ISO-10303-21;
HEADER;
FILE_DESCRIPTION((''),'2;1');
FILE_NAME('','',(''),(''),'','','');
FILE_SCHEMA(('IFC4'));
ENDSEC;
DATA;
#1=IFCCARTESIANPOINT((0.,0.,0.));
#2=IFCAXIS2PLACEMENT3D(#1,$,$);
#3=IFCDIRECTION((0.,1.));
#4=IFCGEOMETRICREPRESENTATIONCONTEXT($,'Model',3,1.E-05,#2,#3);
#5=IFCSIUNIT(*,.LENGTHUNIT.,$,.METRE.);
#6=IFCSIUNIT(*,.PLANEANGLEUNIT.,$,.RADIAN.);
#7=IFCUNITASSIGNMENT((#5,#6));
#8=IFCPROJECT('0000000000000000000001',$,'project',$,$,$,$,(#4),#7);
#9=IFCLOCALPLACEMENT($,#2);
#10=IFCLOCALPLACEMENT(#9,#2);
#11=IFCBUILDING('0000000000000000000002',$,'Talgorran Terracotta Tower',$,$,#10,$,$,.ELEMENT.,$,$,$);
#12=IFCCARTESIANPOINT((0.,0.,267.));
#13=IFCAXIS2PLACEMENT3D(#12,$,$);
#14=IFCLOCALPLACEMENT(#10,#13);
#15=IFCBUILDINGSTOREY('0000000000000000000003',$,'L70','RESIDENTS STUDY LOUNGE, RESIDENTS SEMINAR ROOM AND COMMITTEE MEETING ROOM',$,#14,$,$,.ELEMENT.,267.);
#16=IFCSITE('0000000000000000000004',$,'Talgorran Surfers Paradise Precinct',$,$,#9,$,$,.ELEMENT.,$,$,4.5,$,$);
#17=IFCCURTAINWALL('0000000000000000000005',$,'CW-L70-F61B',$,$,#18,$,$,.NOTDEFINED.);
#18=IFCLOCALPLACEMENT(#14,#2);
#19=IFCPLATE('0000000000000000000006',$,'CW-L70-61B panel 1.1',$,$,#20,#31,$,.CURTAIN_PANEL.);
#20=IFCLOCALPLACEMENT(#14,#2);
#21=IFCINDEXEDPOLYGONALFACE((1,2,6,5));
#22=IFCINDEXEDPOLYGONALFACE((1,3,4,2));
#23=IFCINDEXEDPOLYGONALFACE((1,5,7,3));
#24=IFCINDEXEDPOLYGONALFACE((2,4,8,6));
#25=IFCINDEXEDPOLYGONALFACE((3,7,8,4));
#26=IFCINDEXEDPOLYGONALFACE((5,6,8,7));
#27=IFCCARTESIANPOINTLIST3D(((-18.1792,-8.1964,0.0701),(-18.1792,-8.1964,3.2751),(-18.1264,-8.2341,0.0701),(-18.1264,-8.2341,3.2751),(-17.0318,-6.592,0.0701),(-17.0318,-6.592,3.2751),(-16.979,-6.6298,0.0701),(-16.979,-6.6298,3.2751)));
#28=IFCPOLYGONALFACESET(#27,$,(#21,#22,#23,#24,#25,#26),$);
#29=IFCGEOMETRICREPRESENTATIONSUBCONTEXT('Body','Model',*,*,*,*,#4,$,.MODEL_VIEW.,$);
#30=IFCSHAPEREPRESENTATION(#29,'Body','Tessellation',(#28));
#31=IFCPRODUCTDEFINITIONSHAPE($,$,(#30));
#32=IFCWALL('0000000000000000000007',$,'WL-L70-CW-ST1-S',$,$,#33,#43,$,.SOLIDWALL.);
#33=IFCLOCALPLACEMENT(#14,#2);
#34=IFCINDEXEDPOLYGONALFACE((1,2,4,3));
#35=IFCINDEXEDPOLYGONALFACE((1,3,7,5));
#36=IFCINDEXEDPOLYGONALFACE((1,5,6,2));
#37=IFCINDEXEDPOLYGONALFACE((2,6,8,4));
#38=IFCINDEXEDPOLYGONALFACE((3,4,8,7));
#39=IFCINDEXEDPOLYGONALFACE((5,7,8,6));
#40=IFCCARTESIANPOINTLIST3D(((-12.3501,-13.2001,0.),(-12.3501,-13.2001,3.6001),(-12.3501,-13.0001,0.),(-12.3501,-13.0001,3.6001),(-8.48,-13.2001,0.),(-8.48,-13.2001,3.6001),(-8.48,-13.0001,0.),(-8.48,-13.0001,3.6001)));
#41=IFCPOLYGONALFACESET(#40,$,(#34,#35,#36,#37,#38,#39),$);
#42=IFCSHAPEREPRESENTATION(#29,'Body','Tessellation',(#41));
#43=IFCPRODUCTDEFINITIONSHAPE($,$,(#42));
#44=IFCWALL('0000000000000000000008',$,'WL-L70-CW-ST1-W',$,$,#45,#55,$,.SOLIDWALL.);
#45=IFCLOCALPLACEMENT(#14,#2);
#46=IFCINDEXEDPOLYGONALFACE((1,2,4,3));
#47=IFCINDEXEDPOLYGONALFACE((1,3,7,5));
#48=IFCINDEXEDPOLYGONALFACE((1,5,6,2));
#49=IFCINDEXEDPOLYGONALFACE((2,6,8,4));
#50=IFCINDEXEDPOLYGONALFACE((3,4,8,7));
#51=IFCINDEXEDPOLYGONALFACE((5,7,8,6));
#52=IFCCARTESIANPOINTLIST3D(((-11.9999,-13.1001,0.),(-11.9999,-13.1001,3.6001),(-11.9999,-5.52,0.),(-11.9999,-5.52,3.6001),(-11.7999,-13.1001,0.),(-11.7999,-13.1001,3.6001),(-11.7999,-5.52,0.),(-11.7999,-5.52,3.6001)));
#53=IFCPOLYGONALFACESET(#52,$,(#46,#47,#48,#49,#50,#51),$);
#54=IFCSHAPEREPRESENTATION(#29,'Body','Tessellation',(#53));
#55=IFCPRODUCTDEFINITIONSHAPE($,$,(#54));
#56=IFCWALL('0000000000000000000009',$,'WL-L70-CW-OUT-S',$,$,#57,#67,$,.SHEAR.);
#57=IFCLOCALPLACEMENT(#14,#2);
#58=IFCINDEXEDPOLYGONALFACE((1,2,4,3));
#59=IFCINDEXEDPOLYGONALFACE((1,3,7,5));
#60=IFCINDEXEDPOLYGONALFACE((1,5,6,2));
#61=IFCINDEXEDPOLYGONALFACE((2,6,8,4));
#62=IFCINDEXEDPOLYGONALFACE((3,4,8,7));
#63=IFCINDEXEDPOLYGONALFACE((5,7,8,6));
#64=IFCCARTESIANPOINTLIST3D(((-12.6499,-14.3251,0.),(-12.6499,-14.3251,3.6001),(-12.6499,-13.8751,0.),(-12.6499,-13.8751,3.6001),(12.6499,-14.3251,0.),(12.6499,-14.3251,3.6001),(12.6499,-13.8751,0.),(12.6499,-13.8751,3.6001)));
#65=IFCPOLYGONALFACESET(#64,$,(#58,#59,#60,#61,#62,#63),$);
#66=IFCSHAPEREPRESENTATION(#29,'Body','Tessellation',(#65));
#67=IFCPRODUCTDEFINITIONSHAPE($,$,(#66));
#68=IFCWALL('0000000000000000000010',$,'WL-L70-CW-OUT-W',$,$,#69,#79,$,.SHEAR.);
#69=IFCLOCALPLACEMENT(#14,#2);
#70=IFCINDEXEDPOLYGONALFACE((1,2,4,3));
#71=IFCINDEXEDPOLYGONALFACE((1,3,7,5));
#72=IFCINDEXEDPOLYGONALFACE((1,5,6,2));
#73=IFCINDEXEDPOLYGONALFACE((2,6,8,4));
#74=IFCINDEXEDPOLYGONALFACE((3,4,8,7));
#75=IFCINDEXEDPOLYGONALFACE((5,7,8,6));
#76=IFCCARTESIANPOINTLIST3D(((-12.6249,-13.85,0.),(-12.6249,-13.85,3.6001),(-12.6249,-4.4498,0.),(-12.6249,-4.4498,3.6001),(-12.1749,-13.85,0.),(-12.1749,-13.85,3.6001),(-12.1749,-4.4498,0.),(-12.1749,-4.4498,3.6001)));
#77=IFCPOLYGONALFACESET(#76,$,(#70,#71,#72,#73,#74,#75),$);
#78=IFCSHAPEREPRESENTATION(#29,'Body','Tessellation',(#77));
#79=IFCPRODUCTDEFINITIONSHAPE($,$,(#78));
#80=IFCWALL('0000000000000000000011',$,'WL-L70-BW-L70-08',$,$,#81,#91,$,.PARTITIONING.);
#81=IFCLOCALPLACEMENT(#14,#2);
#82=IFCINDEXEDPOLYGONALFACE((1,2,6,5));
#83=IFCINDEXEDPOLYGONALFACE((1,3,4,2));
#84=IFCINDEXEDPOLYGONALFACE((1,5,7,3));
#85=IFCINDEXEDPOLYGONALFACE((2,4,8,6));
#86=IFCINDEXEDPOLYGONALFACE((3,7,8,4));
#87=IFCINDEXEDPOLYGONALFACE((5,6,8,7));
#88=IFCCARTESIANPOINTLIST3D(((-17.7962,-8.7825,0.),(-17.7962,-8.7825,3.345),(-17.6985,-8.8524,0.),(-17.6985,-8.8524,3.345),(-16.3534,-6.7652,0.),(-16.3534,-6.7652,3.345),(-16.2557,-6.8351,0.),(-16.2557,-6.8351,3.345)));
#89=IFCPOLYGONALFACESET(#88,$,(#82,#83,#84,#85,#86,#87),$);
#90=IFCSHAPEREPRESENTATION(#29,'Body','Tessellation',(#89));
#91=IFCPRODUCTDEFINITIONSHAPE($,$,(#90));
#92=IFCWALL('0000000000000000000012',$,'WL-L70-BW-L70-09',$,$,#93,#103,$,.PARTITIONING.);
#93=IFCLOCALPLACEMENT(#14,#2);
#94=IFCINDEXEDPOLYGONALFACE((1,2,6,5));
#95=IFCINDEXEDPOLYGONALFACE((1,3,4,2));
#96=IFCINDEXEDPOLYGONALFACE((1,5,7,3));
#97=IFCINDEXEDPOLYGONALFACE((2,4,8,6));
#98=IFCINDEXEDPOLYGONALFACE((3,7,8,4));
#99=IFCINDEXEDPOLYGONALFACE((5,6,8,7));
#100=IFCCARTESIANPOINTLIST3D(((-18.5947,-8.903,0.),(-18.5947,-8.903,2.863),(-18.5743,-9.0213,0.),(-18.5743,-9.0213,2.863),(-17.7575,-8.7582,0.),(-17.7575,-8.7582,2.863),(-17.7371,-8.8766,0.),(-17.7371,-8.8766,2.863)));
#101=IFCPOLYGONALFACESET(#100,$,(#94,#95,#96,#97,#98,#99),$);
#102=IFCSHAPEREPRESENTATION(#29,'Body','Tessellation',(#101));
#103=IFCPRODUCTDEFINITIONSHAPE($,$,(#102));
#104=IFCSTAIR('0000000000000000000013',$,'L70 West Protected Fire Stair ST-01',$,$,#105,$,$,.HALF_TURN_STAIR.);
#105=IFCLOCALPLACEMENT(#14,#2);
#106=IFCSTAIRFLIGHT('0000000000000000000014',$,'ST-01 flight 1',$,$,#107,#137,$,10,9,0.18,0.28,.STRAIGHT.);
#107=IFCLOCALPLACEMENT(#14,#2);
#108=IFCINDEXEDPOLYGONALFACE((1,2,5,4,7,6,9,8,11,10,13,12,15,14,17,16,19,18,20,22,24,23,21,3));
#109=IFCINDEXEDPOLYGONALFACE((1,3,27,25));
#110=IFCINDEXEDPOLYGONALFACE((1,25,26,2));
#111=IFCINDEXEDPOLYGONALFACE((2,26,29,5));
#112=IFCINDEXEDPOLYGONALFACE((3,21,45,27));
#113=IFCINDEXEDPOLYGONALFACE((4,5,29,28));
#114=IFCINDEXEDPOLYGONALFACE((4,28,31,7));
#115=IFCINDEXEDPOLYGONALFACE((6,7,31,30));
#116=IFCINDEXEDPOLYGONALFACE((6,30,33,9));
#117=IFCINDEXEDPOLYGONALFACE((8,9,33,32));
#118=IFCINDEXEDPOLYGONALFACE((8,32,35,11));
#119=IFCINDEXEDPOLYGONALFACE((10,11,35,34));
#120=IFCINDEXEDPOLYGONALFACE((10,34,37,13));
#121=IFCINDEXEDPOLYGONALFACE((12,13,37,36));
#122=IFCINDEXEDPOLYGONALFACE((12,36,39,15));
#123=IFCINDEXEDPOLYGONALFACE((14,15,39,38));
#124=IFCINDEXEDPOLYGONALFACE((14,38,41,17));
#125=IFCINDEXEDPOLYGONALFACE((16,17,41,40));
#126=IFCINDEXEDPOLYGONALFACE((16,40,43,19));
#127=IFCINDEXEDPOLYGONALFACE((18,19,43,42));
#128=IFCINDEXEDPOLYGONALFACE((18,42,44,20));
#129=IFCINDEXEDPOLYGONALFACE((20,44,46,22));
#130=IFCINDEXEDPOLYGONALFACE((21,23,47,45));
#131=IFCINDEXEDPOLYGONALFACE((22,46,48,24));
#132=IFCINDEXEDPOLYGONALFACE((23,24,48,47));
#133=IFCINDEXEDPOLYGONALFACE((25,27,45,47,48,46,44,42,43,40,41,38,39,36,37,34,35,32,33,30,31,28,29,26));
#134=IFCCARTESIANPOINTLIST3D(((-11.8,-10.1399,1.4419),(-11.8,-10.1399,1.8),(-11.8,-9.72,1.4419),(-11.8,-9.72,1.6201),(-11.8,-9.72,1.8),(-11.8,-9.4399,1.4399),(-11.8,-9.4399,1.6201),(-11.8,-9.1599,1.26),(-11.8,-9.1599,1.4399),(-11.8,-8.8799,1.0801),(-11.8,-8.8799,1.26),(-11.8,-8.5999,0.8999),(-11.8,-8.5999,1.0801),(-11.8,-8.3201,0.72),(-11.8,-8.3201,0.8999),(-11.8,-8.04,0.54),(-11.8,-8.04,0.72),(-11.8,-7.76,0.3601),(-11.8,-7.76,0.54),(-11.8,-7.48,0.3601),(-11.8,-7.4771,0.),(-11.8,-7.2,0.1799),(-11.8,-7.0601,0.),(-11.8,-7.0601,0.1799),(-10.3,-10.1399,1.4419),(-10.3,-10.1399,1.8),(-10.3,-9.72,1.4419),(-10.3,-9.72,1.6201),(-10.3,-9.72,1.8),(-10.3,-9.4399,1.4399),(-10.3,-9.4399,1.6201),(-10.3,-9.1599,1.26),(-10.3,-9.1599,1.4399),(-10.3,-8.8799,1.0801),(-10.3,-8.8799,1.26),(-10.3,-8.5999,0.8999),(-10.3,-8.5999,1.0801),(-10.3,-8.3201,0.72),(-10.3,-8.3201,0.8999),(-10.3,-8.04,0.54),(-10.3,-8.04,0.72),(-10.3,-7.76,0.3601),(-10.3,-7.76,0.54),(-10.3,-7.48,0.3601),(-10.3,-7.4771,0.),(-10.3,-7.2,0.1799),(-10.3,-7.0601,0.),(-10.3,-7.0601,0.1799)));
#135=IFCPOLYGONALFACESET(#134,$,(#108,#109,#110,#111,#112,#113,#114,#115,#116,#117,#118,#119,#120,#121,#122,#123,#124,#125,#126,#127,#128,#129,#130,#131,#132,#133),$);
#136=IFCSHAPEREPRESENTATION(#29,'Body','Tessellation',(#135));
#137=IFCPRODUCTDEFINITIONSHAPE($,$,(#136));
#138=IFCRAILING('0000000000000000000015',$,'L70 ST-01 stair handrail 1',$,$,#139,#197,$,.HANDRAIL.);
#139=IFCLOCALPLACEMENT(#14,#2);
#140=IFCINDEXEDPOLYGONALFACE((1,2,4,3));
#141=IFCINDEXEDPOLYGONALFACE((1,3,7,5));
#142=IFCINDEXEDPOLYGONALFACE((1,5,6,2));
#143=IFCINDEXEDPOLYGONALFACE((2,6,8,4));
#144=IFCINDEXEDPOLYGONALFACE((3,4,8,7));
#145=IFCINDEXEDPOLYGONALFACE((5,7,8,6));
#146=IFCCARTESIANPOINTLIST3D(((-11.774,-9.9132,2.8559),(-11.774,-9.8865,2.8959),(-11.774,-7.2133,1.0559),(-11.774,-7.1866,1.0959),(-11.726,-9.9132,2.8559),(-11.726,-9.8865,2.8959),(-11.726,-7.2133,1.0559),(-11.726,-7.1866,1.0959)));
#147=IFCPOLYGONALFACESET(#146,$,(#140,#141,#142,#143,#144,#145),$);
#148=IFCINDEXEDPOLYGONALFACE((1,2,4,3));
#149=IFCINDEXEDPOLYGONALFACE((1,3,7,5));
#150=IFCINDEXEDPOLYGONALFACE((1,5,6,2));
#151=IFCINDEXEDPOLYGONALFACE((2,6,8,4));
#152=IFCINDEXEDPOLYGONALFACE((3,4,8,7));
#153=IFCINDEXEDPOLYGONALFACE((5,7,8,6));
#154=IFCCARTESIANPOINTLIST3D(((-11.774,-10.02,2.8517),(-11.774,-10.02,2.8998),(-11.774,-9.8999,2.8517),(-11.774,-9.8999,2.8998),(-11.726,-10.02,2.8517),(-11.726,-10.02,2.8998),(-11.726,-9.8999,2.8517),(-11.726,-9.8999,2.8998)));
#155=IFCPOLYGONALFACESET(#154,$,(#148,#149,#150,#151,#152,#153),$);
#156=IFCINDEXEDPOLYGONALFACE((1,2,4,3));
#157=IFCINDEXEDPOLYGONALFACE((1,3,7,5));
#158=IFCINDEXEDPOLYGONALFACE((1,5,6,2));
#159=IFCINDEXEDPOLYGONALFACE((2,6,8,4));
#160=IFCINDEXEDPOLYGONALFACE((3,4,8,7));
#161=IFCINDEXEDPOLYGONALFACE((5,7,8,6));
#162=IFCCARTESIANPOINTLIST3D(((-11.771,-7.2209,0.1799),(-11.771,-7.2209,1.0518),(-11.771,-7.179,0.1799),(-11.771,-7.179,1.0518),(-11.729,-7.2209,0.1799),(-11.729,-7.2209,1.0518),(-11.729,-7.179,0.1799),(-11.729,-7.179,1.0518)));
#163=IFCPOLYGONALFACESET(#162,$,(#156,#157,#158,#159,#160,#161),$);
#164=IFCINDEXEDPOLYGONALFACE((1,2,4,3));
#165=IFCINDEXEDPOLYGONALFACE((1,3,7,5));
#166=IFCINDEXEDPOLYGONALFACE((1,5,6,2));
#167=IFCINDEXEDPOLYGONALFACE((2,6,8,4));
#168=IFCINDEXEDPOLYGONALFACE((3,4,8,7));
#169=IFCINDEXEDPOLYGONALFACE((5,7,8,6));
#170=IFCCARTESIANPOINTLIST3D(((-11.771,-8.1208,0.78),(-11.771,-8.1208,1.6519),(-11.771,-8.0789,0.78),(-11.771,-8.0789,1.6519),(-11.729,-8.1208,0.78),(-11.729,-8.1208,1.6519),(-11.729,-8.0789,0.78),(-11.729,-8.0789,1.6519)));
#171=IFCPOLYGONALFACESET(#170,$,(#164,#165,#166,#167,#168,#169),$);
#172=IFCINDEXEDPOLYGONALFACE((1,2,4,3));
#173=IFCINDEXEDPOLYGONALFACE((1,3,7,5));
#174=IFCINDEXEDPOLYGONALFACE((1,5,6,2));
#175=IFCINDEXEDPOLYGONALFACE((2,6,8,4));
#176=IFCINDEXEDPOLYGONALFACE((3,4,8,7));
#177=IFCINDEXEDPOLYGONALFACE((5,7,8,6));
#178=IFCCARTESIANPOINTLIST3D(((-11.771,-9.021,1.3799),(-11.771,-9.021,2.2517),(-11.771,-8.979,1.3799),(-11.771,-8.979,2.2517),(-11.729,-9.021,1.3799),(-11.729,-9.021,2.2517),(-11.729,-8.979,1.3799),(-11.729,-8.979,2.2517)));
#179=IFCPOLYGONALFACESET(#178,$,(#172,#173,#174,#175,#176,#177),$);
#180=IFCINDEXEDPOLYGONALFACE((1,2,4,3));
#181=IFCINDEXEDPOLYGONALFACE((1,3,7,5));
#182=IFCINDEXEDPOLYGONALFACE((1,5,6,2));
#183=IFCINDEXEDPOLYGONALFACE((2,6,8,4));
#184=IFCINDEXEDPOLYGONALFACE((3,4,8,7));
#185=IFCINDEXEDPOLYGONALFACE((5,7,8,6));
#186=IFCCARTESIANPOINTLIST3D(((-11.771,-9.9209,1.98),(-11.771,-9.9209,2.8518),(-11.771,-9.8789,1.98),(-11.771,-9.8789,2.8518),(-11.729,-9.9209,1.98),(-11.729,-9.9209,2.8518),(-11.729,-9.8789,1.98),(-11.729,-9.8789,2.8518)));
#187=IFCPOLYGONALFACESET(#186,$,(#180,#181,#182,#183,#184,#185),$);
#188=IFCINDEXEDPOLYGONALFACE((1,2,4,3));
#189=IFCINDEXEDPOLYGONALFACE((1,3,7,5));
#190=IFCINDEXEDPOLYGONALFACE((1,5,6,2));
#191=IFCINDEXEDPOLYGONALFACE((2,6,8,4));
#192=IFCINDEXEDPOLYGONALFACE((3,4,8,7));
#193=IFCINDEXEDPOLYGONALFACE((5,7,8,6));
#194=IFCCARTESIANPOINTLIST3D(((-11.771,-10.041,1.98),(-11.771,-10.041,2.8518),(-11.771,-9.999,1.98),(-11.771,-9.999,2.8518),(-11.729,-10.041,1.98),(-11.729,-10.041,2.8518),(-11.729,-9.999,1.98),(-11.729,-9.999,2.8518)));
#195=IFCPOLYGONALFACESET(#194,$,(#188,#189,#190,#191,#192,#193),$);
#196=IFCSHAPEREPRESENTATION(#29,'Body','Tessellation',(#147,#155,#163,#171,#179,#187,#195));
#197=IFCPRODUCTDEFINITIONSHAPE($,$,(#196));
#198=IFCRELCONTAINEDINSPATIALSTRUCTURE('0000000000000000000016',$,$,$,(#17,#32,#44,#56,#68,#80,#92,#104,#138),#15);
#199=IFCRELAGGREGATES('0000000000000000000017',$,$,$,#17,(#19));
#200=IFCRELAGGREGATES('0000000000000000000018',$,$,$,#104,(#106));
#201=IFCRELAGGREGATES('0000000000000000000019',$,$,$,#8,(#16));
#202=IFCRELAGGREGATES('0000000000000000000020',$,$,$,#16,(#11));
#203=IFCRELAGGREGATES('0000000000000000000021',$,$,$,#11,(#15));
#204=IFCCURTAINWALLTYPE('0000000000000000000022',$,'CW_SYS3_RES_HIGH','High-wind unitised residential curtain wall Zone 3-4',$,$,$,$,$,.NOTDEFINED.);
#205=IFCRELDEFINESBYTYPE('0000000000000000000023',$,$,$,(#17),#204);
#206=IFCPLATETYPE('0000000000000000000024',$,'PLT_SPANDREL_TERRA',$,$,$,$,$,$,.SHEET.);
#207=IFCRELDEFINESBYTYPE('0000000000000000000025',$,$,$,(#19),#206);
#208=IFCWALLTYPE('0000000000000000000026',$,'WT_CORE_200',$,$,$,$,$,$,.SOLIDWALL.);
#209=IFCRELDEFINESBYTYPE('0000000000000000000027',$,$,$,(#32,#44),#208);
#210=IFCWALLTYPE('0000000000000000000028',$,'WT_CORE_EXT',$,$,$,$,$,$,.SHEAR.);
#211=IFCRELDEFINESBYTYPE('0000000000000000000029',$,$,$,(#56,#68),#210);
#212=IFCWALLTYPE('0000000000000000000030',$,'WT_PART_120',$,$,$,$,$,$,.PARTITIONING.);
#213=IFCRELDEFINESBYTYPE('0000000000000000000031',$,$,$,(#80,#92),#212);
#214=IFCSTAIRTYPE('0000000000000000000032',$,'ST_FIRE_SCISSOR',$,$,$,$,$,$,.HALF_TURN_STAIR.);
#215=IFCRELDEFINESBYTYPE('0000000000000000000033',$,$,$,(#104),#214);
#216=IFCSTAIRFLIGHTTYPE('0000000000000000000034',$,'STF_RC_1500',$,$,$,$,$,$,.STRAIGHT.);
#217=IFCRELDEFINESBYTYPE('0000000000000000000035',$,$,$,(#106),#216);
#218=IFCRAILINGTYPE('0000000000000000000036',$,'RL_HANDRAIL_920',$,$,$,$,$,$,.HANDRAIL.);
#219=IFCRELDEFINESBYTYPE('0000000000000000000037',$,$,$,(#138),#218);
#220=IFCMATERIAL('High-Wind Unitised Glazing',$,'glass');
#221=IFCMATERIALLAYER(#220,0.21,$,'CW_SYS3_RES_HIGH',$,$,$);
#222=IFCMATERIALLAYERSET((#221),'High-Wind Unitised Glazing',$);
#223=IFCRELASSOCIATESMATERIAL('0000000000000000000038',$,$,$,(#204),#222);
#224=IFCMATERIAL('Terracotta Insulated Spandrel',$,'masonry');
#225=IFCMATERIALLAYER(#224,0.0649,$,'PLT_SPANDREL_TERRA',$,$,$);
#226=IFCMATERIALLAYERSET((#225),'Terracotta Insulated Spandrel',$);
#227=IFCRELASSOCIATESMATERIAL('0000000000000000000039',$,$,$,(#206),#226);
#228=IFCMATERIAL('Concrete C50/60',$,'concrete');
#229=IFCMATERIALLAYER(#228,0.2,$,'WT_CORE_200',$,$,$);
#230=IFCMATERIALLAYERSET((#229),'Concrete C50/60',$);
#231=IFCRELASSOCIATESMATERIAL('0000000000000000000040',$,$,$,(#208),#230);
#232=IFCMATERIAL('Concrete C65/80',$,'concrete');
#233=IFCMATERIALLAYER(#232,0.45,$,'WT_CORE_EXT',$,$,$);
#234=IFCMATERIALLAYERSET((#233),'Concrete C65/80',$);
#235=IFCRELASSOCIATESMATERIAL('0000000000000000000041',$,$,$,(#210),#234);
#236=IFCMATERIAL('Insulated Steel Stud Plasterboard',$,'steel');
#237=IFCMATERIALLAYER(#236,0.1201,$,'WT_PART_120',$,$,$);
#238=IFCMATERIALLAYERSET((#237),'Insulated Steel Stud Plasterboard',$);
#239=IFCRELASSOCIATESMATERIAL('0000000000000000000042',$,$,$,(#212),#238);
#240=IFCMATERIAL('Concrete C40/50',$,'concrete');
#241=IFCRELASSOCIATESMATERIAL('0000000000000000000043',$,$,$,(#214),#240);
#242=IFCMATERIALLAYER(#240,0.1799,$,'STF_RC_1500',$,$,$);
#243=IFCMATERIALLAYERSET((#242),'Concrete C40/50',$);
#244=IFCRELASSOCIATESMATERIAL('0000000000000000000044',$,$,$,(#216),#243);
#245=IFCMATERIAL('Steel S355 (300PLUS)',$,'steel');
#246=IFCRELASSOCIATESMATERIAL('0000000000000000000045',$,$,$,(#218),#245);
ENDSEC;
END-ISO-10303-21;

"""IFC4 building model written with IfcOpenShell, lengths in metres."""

from ifc_helpers import new_model, si_unit, direction, frame, frame_2d, origin, origin_2d, place, context, subcontext, project, spatial, polyline, rectangle, outline, extrude, source, transform, mapped, material, layer, layer_set, type_object, type_shapes, element, aggregate, save


model = new_model("IFC4")

# Units and contexts
model_context = context("Model", 3, precision=1e-05, world=origin(), true_north=direction((0.0, 1.0)))
body_context = subcontext(model_context, "Body", "Model", "MODEL_VIEW")
ifc_project = project(units=[si_unit("LENGTHUNIT", "METRE"), si_unit("PLANEANGLEUNIT", "RADIAN")], contexts=[model_context])

# Site, building, storey
site_placement = place(None, origin())
site = spatial("IfcSite", under=ifc_project, at=site_placement, Name="Talgorran Surfers Paradise Precinct", CompositionType="ELEMENT", RefElevation=4.5)
building_placement = place(site_placement, origin())
building = spatial("IfcBuilding", under=site, at=building_placement, Name="Talgorran Terracotta Tower", CompositionType="ELEMENT")
storey_placement = place(building_placement, frame((0.0, 0.0, 267.0)))
storey = spatial("IfcBuildingStorey", under=building, at=storey_placement, Name="L70", Description="RESIDENTS STUDY LOUNGE, RESIDENTS SEMINAR ROOM AND COMMITTEE MEETING ROOM", CompositionType="ELEMENT", Elevation=267.0)

# Shared definitions
ifc_material_1 = material(Name="Steel S355 (300PLUS)", Category="steel")

# Curtain wall
ifc_material_2 = material(Name="High-Wind Unitised Glazing", Category="glass")
ifc_layer_1 = layer(ifc_material_2, 0.21, Name="CW_SYS3_RES_HIGH")
ifc_layer_set_1 = layer_set([ifc_layer_1], Name="High-Wind Unitised Glazing")
curtain_wall_type = type_object("IfcCurtainWallType", Name="CW_SYS3_RES_HIGH", Description="High-wind unitised residential curtain wall Zone 3-4", PredefinedType="NOTDEFINED", material=ifc_layer_set_1)
curtain_wall_1_placement = place(storey_placement, origin())
curtain_wall_1 = element("IfcCurtainWall", 1, at=curtain_wall_1_placement, inside=storey, type_object=curtain_wall_type, Name="CW-L70-F61B", PredefinedType="NOTDEFINED")

# Plate
ifc_material_3 = material(Name="Terracotta Insulated Spandrel", Category="masonry")
ifc_layer_2 = layer(ifc_material_3, 0.0649, Name="PLT_SPANDREL_TERRA")
ifc_layer_set_2 = layer_set([ifc_layer_2], Name="Terracotta Insulated Spandrel")
plate_type_1 = type_object("IfcPlateType", Name="PLT_SPANDREL_TERRA", PredefinedType="SHEET", material=ifc_layer_set_2)
shared_shape_1 = source(origin(), body_context, "Body", "SweptSolid", [
    extrude(rectangle(XDim=1.9724, YDim=0.0649, at=origin_2d()), origin(), (0.0, 0.0, 1.0), 3.2051),
])
type_shapes(plate_type_1, [shared_shape_1])
plate_1_placement = place(storey_placement, frame((-17.5791, -7.4131, 0.0701), z_axis=(0.0, 0.0, 1.0), x_axis=(-0.581735, -0.813378, 0.0)))
plate_1 = element("IfcPlate", 2, at=plate_1_placement, type_object=plate_type_1, Name="CW-L70-61B panel 1.1", PredefinedType="CURTAIN_PANEL", context=body_context, shape_type="MappedRepresentation", body=[
    mapped(shared_shape_1, transform((0.0, 0.0, 0.0), scale=1.0)),
])
aggregate(curtain_wall_1, [plate_1])

# Walls
ifc_material_4 = material(Name="Concrete C50/60", Category="concrete")
ifc_layer_3 = layer(ifc_material_4, 0.2, Name="WT_CORE_200")
ifc_layer_set_3 = layer_set([ifc_layer_3], Name="Concrete C50/60")
wall_type_1 = type_object("IfcWallType", Name="WT_CORE_200", PredefinedType="SOLIDWALL", material=ifc_layer_set_3)
wall_1_placement = place(storey_placement, frame((-12.3501, -13.1001, 0.0), z_axis=(0.0, 0.0, 1.0), x_axis=(1.0, 0.0, 0.0)))
element("IfcWall", 3, at=wall_1_placement, inside=storey, type_object=wall_type_1, Name="WL-L70-CW-ST1-S", PredefinedType="SOLIDWALL", context=body_context, shape_type="SweptSolid", body=[
    extrude(rectangle(XDim=3.8701, YDim=0.2, at=frame_2d((1.9351, 0.0))), origin(), (0.0, 0.0, 1.0), 3.6001),
])
wall_2_placement = place(storey_placement, frame((-11.8999, -13.1001, 0.0), z_axis=(0.0, 0.0, 1.0), x_axis=(0.0, 1.0, 0.0)))
element("IfcWall", 4, at=wall_2_placement, inside=storey, type_object=wall_type_1, Name="WL-L70-CW-ST1-W", PredefinedType="SOLIDWALL", context=body_context, shape_type="SweptSolid", body=[
    extrude(rectangle(XDim=7.5801, YDim=0.2, at=frame_2d((3.79, 0.0))), origin(), (0.0, 0.0, 1.0), 3.6001),
])
ifc_material_5 = material(Name="Concrete C65/80", Category="concrete")
ifc_layer_4 = layer(ifc_material_5, 0.45, Name="WT_CORE_EXT")
ifc_layer_set_4 = layer_set([ifc_layer_4], Name="Concrete C65/80")
wall_type_2 = type_object("IfcWallType", Name="WT_CORE_EXT", PredefinedType="SHEAR", material=ifc_layer_set_4)
wall_3_placement = place(storey_placement, frame((-12.6499, -14.1001, 0.0), z_axis=(0.0, 0.0, 1.0), x_axis=(1.0, 0.0, 0.0)))
element("IfcWall", 5, at=wall_3_placement, inside=storey, type_object=wall_type_2, Name="WL-L70-CW-OUT-S", PredefinedType="SHEAR", context=body_context, shape_type="SweptSolid", body=[
    extrude(rectangle(XDim=25.2998, YDim=0.45, at=frame_2d((12.6499, 0.0))), origin(), (0.0, 0.0, 1.0), 3.6001),
])
wall_4_placement = place(storey_placement, frame((-12.3999, -13.8501, 0.0), z_axis=(0.0, 0.0, 1.0), x_axis=(0.0, 1.0, 0.0)))
element("IfcWall", 6, at=wall_4_placement, inside=storey, type_object=wall_type_2, Name="WL-L70-CW-OUT-W", PredefinedType="SHEAR", context=body_context, shape_type="SweptSolid", body=[
    extrude(rectangle(XDim=9.4001, YDim=0.45, at=frame_2d((4.7002, 0.0))), origin(), (0.0, 0.0, 1.0), 3.6001),
])
ifc_material_6 = material(Name="Insulated Steel Stud Plasterboard", Category="steel")
ifc_layer_5 = layer(ifc_material_6, 0.1201, Name="WT_PART_120")
ifc_layer_set_5 = layer_set([ifc_layer_5], Name="Insulated Steel Stud Plasterboard")
wall_type_3 = type_object("IfcWallType", Name="WT_PART_120", PredefinedType="PARTITIONING", material=ifc_layer_set_5)
wall_5_placement = place(storey_placement, frame((-16.3044, -6.8, 0.0), z_axis=(0.0, 0.0, 1.0), x_axis=(-0.58175, -0.813368, 0.0)))
element("IfcWall", 7, at=wall_5_placement, inside=storey, type_object=wall_type_3, Name="WL-L70-BW-L70-08", PredefinedType="PARTITIONING", context=body_context, shape_type="SweptSolid", body=[
    extrude(rectangle(XDim=2.4802, YDim=0.1201, at=frame_2d((1.2402, 0.0))), origin(), (0.0, 0.0, 1.0), 3.345),
])
wall_6_placement = place(storey_placement, frame((-17.7473, -8.8174, 0.0), z_axis=(0.0, 0.0, 1.0), x_axis=(-0.985374, -0.170407, 0.0)))
element("IfcWall", 8, at=wall_6_placement, inside=storey, type_object=wall_type_3, Name="WL-L70-BW-L70-09", PredefinedType="PARTITIONING", context=body_context, shape_type="SweptSolid", body=[
    extrude(rectangle(XDim=0.8496, YDim=0.1201, at=frame_2d((0.4248, 0.0))), origin(), (0.0, 0.0, 1.0), 2.863),
])

# Stair, stair flight
ifc_material_7 = material(Name="Concrete C40/50", Category="concrete")
stair_type = type_object("IfcStairType", Name="ST_FIRE_SCISSOR", PredefinedType="HALF_TURN_STAIR", material=ifc_material_7)
stair_placement = place(storey_placement, origin())
stair = element("IfcStair", 9, at=stair_placement, inside=storey, type_object=stair_type, Name="L70 West Protected Fire Stair ST-01", PredefinedType="HALF_TURN_STAIR")
ifc_layer_6 = layer(ifc_material_7, 0.1799, Name="STF_RC_1500")
ifc_layer_set_6 = layer_set([ifc_layer_6], Name="Concrete C40/50")
stair_flight_type = type_object("IfcStairFlightType", Name="STF_RC_1500", PredefinedType="STRAIGHT", material=ifc_layer_set_6)
stair_flight_placement = place(storey_placement, frame((-11.05, -7.2, 0.0), z_axis=(0.0, 0.0, 1.0), x_axis=(0.0, -1.0, 0.0)))
stair_flight = element("IfcStairFlight", 10, at=stair_flight_placement, type_object=stair_flight_type, Name="ST-01 flight 1", NumberOfRisers=10, NumberOfTreads=9, PredefinedType="STRAIGHT", RiserHeight=0.18, TreadLength=0.28, context=body_context, shape_type="SweptSolid", body=[
    extrude(outline(polyline([(-0.1399, 0.0), (-0.1399, 0.1799), (0.0, 0.1799), (0.28, 0.3601), (0.5601, 0.3601), (0.5601, 0.54), (0.8401, 0.54), (0.8401, 0.72), (1.1201, 0.72), (1.1201, 0.8999), (1.3999, 0.8999), (1.3999, 1.0801), (1.6799, 1.0801), (1.6799, 1.26), (1.96, 1.26), (1.96, 1.4399), (2.24, 1.4399), (2.24, 1.6201), (2.52, 1.6201), (2.52, 1.8), (2.9399, 1.8), (2.9399, 1.4419), (2.52, 1.4419), (0.2771, 0.0), (-0.1399, 0.0)])), frame((0.0, 0.75, 0.0), z_axis=(0.0, -1.0, 0.0), x_axis=(1.0, 0.0, 0.0)), (0.0, 0.0, 1.0), 1.5),
])
aggregate(stair, [stair_flight])

# Railing
railing_type = type_object("IfcRailingType", Name="RL_HANDRAIL_920", PredefinedType="HANDRAIL", material=ifc_material_1)
railing_placement = place(storey_placement, frame((-11.75, -7.2, 0.1799)))
element("IfcRailing", 11, at=railing_placement, inside=storey, type_object=railing_type, Name="L70 ST-01 stair handrail 1", PredefinedType="HANDRAIL", context=body_context, shape_type="SweptSolid", body=[
    extrude(rectangle(XDim=0.0481, YDim=0.0481, at=origin_2d()), frame((0.0, 0.0, 0.896), z_axis=(0.0, -0.832039, 0.554718), x_axis=(1.0, 0.0, 0.0)), (0.0, 0.0, 1.0), 3.2449),
    extrude(rectangle(XDim=0.0481, YDim=0.0481, at=origin_2d()), frame((0.0, -2.7, 2.6958), z_axis=(0.0, -1.0, 0.0), x_axis=(1.0, 0.0, 0.0)), (0.0, 0.0, 1.0), 0.1201),
    extrude(rectangle(XDim=0.042, YDim=0.042, at=origin_2d()), origin(), (0.0, 0.0, 1.0), 0.8718),
    extrude(rectangle(XDim=0.042, YDim=0.042, at=origin_2d()), frame((0.0, -0.8999, 0.6001)), (0.0, 0.0, 1.0), 0.8718),
    extrude(rectangle(XDim=0.042, YDim=0.042, at=origin_2d()), frame((0.0, -1.8, 1.2)), (0.0, 0.0, 1.0), 0.8718),
    extrude(rectangle(XDim=0.042, YDim=0.042, at=origin_2d()), frame((0.0, -2.7, 1.8)), (0.0, 0.0, 1.0), 0.8718),
    extrude(rectangle(XDim=0.042, YDim=0.042, at=origin_2d()), frame((0.0, -2.8201, 1.8)), (0.0, 0.0, 1.0), 0.8718),
])

save(model, "model.ifc")
